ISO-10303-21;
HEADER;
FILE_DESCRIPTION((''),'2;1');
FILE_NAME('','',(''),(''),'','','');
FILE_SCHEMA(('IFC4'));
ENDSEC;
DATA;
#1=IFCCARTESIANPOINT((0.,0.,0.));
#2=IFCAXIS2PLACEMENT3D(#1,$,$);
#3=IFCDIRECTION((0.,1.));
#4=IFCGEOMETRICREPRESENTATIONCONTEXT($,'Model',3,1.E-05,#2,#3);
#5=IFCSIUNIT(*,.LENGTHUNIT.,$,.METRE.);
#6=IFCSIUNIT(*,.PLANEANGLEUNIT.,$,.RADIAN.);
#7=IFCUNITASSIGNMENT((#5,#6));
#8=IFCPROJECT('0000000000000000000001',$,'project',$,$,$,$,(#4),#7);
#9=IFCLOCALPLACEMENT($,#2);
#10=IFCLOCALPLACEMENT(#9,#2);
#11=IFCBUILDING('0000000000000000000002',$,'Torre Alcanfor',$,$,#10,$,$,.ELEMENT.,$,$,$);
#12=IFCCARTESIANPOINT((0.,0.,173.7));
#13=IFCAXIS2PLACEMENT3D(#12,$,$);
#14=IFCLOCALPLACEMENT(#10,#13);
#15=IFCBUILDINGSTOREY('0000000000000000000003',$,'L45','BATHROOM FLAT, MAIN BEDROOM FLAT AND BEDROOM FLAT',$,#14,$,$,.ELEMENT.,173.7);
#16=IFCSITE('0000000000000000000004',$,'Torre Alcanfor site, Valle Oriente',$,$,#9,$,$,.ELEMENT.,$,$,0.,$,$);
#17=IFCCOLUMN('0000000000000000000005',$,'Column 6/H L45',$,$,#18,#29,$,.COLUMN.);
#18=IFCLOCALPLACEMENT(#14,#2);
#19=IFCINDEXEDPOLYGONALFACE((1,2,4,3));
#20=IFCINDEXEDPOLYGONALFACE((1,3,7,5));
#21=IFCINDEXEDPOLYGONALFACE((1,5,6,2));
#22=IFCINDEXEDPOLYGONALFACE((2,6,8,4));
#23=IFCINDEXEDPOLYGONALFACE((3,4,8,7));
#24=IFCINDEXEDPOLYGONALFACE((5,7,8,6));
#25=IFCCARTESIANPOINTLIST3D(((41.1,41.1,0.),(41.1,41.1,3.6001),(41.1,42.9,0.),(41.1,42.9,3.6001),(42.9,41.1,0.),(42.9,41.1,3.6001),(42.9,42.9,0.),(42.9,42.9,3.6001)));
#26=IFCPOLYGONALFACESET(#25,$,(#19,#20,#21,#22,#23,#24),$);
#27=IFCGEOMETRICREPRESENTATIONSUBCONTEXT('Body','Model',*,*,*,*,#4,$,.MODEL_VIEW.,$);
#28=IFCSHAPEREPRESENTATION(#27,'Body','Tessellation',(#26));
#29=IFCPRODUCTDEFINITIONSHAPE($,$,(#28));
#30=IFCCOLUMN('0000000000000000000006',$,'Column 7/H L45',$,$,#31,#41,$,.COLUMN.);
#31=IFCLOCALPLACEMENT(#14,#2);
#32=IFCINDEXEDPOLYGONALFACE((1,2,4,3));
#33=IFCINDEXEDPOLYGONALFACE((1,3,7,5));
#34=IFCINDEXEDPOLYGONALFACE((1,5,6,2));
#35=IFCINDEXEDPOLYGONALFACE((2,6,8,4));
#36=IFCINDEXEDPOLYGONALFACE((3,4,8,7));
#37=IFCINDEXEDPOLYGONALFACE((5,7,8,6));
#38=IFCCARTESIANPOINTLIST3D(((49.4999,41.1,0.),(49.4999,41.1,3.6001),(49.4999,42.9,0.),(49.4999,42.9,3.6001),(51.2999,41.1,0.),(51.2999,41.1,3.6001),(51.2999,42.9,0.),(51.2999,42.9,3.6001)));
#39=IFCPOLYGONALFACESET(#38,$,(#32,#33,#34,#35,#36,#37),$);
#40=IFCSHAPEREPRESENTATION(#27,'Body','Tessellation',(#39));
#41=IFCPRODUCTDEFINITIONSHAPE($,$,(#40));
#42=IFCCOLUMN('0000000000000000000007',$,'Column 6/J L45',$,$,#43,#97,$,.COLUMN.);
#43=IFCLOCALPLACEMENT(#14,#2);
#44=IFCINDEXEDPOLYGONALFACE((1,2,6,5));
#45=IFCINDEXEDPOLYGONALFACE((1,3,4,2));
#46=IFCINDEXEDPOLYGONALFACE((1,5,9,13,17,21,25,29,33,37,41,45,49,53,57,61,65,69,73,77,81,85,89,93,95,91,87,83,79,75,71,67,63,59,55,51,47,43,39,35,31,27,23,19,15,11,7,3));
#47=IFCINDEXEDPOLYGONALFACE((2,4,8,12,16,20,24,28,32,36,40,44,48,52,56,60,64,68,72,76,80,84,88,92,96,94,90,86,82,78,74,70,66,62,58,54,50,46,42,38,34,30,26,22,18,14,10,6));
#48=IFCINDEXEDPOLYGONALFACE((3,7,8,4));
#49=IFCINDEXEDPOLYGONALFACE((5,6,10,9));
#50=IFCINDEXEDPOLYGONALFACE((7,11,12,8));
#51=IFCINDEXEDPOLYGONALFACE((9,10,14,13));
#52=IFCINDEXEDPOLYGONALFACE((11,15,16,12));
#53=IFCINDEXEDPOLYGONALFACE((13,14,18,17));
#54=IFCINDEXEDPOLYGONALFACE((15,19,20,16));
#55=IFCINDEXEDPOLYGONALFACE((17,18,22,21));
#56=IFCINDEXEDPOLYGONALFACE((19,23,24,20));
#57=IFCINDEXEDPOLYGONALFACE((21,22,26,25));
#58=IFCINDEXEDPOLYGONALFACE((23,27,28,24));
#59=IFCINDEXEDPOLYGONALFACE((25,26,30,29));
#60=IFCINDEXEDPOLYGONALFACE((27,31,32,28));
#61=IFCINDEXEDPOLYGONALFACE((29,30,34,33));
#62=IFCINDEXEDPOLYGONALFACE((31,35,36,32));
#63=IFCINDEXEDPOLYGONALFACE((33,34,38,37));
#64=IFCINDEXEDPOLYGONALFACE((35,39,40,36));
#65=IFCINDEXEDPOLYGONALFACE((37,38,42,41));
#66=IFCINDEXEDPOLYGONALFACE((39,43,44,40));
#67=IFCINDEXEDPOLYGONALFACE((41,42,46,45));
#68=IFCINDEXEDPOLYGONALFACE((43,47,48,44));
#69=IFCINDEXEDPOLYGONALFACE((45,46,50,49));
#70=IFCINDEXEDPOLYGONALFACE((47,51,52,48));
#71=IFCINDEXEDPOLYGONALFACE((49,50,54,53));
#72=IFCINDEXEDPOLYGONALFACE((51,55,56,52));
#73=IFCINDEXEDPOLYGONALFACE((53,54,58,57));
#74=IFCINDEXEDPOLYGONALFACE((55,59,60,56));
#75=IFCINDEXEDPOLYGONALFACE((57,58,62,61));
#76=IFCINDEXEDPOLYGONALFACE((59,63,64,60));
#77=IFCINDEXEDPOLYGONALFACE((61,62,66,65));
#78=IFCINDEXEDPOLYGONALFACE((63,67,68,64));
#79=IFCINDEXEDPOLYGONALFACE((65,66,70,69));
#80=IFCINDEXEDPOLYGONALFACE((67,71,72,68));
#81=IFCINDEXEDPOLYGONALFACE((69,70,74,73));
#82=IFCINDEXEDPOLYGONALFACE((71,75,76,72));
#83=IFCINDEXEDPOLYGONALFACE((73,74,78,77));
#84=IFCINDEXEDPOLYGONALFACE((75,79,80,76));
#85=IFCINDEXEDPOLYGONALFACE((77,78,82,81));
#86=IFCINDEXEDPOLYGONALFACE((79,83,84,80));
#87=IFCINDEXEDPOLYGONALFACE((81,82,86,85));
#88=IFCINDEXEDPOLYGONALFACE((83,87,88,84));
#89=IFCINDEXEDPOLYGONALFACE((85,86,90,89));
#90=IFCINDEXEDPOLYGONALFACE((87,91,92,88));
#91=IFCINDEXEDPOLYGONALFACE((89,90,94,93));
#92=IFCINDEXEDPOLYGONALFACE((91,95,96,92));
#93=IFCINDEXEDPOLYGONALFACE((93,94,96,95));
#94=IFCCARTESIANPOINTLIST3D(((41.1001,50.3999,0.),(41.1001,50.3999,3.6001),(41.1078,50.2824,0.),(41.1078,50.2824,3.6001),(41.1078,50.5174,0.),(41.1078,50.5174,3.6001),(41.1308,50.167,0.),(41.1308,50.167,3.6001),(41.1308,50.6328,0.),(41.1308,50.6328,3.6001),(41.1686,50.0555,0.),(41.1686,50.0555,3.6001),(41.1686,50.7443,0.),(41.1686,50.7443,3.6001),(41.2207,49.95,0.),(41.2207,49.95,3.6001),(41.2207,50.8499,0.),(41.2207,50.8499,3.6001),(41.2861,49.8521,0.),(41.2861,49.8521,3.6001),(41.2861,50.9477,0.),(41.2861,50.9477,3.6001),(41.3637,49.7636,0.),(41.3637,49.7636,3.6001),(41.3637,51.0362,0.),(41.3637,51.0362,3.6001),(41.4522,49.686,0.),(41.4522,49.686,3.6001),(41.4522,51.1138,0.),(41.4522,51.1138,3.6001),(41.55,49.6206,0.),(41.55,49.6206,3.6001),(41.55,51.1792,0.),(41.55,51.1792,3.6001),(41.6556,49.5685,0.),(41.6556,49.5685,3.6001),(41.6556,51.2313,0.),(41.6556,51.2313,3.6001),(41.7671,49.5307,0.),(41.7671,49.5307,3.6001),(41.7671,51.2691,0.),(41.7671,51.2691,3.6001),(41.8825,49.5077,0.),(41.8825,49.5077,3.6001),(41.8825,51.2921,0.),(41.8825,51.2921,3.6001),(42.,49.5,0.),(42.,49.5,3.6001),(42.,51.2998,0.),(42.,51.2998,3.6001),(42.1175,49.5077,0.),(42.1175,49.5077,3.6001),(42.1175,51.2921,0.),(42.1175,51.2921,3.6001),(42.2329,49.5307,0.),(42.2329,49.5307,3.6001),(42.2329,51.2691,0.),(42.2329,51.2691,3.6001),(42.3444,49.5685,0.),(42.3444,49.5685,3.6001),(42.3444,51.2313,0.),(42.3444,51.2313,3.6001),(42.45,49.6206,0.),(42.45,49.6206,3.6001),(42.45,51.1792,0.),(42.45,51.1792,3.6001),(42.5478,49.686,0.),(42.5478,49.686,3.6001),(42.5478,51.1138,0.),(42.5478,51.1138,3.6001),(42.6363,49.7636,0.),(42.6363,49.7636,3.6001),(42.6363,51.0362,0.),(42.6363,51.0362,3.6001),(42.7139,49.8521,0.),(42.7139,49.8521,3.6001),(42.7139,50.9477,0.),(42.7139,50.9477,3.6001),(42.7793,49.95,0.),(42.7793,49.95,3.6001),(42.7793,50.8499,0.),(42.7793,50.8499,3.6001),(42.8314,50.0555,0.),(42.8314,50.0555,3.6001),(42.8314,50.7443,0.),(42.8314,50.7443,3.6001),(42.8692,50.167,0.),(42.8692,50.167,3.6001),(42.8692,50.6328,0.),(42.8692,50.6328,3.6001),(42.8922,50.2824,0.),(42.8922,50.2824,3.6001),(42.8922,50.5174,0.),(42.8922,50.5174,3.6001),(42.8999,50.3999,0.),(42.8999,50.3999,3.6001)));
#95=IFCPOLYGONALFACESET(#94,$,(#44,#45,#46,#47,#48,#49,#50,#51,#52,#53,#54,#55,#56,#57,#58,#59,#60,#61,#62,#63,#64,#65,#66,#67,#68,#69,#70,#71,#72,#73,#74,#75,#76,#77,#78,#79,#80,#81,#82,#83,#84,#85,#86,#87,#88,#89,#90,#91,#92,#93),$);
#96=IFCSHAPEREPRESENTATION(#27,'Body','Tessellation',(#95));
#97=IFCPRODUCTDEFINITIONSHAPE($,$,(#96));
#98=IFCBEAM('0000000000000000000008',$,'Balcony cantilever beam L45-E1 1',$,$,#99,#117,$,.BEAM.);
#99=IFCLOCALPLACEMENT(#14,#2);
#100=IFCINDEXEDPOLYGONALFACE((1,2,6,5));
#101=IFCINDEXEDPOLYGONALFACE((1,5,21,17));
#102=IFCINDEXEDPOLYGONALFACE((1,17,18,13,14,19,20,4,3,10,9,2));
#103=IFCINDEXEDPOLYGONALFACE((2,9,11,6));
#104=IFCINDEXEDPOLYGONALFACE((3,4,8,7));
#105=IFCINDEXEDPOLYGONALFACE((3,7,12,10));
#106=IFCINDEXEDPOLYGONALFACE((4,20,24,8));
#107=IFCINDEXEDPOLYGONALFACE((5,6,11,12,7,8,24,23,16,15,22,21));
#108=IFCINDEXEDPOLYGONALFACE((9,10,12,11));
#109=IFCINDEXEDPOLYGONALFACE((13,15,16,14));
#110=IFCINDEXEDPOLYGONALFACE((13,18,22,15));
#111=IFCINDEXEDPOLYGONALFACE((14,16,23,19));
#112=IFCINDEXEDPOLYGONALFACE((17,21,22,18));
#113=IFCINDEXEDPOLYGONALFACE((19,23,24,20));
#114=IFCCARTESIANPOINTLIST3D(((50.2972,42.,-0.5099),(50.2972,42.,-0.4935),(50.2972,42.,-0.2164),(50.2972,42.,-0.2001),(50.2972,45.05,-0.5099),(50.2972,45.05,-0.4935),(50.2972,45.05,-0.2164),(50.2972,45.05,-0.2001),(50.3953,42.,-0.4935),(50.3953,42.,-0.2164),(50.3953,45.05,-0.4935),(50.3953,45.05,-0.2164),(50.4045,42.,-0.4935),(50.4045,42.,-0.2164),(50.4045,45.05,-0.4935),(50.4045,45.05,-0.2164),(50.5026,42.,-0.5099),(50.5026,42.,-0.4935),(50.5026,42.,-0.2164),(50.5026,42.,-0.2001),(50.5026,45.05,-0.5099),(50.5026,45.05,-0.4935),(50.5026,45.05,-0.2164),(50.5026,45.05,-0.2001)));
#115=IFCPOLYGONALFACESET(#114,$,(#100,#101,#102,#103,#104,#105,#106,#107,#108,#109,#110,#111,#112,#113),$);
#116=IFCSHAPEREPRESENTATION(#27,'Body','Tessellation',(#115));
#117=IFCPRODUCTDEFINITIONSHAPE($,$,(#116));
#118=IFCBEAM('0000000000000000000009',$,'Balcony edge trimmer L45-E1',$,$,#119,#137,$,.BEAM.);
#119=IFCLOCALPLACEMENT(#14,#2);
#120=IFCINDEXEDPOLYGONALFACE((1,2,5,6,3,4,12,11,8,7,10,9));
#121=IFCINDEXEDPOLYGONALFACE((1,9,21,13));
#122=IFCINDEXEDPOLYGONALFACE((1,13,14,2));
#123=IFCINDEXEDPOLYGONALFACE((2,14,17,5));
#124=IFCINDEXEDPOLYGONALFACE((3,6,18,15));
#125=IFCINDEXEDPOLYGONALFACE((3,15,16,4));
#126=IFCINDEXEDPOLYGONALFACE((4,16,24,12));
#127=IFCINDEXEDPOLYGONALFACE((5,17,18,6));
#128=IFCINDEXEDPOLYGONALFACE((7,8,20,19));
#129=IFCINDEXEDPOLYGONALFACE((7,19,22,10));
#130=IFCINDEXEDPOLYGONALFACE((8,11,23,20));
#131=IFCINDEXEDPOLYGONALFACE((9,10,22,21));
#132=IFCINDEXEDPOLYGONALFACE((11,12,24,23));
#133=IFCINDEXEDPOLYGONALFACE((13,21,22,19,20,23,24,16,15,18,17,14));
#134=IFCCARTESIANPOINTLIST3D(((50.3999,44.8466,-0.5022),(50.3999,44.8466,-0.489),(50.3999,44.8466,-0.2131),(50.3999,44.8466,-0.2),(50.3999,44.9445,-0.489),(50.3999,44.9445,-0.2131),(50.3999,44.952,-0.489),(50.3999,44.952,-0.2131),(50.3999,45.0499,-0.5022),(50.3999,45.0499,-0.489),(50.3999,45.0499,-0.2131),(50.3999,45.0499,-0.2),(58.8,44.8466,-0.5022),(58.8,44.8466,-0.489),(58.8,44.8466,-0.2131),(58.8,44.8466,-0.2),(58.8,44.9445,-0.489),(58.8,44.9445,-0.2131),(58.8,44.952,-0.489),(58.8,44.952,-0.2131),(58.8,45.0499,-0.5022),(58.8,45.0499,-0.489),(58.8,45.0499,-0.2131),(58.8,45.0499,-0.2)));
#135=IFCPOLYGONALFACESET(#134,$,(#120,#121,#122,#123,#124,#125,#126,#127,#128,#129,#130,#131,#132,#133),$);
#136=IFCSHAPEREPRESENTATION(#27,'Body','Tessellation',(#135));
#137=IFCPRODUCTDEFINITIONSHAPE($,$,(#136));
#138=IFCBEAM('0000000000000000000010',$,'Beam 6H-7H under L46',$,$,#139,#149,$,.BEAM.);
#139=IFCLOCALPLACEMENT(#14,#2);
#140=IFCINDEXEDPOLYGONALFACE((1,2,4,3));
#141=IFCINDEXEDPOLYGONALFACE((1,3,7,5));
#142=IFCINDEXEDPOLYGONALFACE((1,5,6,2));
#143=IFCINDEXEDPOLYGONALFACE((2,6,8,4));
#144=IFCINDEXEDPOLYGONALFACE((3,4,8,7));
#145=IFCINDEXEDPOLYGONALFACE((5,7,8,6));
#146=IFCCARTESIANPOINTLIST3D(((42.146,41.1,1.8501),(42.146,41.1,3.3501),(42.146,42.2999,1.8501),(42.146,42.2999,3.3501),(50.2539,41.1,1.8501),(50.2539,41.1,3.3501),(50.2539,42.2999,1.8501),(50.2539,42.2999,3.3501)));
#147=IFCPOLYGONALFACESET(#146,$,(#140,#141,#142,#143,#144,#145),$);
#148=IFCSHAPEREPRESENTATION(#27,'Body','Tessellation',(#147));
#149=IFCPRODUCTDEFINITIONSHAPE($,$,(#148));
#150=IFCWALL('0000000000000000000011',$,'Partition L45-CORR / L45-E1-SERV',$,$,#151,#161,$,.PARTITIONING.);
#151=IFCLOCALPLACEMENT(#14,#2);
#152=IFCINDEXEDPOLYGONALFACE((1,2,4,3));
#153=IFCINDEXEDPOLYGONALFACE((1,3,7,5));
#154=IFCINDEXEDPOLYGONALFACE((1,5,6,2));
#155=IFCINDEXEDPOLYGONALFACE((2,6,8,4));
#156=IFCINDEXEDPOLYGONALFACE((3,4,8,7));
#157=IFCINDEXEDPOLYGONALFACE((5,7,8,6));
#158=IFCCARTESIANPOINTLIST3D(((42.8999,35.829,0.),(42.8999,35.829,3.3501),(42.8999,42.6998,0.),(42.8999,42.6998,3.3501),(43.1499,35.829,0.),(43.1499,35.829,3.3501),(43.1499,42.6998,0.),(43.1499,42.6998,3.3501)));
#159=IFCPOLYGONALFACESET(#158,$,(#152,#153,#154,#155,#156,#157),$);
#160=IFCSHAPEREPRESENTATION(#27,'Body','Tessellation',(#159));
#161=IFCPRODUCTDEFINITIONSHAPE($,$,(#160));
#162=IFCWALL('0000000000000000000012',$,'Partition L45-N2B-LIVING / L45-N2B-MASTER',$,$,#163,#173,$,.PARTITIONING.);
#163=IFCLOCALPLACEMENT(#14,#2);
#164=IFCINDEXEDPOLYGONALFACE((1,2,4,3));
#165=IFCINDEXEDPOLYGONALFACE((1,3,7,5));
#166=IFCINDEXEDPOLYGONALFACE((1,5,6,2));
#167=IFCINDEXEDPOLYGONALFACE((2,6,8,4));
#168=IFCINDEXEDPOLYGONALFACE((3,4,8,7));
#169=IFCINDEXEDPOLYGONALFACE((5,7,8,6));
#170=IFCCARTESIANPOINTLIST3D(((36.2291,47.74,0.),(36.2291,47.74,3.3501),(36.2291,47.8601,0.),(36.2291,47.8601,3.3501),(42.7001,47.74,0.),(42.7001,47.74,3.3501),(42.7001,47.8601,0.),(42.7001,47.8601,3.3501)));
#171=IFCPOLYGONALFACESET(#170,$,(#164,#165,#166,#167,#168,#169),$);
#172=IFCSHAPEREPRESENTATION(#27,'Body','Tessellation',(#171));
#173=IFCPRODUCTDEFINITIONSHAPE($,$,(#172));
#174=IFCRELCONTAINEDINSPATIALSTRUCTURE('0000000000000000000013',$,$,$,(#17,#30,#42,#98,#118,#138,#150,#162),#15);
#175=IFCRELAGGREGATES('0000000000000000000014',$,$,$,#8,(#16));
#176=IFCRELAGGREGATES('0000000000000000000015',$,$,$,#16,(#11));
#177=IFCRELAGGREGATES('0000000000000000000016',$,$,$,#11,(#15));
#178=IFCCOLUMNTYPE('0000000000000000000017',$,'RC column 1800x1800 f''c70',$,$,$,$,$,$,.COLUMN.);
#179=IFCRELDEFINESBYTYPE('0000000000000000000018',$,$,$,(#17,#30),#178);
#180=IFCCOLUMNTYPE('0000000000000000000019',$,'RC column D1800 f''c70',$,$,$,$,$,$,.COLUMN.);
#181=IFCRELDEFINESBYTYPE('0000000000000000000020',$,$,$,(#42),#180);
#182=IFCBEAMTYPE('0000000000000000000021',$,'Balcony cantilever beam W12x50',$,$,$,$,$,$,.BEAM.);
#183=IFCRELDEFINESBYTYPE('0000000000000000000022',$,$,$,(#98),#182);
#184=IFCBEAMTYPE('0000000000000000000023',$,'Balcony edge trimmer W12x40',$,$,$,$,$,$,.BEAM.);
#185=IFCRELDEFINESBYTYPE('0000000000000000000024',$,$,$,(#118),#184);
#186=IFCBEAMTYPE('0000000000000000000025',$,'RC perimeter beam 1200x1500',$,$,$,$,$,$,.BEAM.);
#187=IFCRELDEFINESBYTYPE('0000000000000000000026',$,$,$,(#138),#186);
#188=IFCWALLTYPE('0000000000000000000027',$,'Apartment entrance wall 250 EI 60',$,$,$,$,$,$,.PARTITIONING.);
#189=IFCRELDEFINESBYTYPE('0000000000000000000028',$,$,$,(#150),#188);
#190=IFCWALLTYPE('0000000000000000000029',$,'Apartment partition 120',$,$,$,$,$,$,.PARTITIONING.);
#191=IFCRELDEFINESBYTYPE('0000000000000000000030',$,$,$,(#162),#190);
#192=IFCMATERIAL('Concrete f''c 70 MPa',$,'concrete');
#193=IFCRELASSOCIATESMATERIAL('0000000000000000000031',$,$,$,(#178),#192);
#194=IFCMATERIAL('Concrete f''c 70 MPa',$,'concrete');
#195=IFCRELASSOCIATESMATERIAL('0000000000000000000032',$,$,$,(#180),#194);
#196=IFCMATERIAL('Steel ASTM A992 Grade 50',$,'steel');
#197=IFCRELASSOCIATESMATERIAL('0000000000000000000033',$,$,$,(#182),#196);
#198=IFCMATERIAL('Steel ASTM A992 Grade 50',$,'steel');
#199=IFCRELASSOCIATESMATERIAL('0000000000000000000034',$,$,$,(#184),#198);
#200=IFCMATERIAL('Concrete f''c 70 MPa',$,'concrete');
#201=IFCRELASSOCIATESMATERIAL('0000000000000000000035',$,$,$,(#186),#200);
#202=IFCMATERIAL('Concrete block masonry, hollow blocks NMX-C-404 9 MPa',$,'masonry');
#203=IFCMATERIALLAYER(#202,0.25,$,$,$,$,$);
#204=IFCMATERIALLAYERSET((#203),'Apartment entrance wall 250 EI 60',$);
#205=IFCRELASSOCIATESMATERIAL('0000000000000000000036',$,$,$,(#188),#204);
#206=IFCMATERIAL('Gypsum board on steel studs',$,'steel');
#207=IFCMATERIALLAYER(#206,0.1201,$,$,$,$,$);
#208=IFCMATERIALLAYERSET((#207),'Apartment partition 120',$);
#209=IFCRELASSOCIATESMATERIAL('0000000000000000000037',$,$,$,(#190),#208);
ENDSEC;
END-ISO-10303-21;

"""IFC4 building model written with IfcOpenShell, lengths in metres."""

from ifc_helpers import new_model, si_unit, direction, frame, frame_2d, origin, origin_2d, place, context, subcontext, project, spatial, rectangle, circle, i_section, extrude, material, layer, layer_set, material_profile, profile_set, type_object, element, save


model = new_model("IFC4")

# Units and contexts
model_context = context("Model", 3, precision=1e-05, world=origin(), true_north=direction((0.0, 1.0)))
body_context = subcontext(model_context, "Body", "Model", "MODEL_VIEW")
ifc_project = project(units=[si_unit("LENGTHUNIT", "METRE"), si_unit("PLANEANGLEUNIT", "RADIAN")], contexts=[model_context])

# Site, building, storey
site_placement = place(None, origin())
site = spatial("IfcSite", under=ifc_project, at=site_placement, Name="Torre Alcanfor site, Valle Oriente", CompositionType="ELEMENT", RefElevation=0.0)
building_placement = place(site_placement, origin())
building = spatial("IfcBuilding", under=site, at=building_placement, Name="Torre Alcanfor", CompositionType="ELEMENT")
storey_placement = place(building_placement, frame((0.0, 0.0, 173.7)))
storey = spatial("IfcBuildingStorey", under=building, at=storey_placement, Name="L45", Description="BATHROOM FLAT, MAIN BEDROOM FLAT AND BEDROOM FLAT", CompositionType="ELEMENT", Elevation=173.7)

# Columns
ifc_material_1 = material(Name="Concrete f'c 70 MPa", Category="concrete")
ifc_material_profile_1 = material_profile(ifc_material_1, rectangle(XDim=1.8, YDim=1.8, at=origin_2d()), Name="1800x1800")
ifc_profile_set_1 = profile_set([ifc_material_profile_1], Name="Concrete f'c 70 MPa")
column_type_1 = type_object("IfcColumnType", Name="RC column 1800x1800 f'c70", PredefinedType="COLUMN", material=ifc_profile_set_1)
for number, where, z_axis, x_axis, name in (
    (1, (42.0, 42.0, 0.0), (0.0, 0.0, 1.0), (1.0, 0.0, 0.0), "Column 6/H L45"),
    (2, (50.3999, 42.0, 0.0), (0.0, 0.0, 1.0), (1.0, 0.0, 0.0), "Column 7/H L45"),
):
    element("IfcColumn", number, at=place(storey_placement, frame(where, z_axis=z_axis, x_axis=x_axis)), inside=storey, type_object=column_type_1, Name=name, PredefinedType="COLUMN", context=body_context, shape_type="SweptSolid", body=[
        extrude(rectangle(XDim=1.8, YDim=1.8, at=origin_2d()), origin(), (0.0, 0.0, 1.0), 3.6001),
    ])
ifc_material_2 = material(Name="Concrete f'c 70 MPa", Category="concrete")
ifc_material_profile_2 = material_profile(ifc_material_2, circle(Radius=0.8999, at=origin_2d()), Name="D1800")
ifc_profile_set_2 = profile_set([ifc_material_profile_2], Name="Concrete f'c 70 MPa")
column_type_2 = type_object("IfcColumnType", Name="RC column D1800 f'c70", PredefinedType="COLUMN", material=ifc_profile_set_2)
column_placement = place(storey_placement, frame((42.0, 50.3999, 0.0), z_axis=(0.0, 0.0, 1.0), x_axis=(1.0, 0.0, 0.0)))
element("IfcColumn", 3, at=column_placement, inside=storey, type_object=column_type_2, Name="Column 6/J L45", PredefinedType="COLUMN", context=body_context, shape_type="SweptSolid", body=[
    extrude(circle(Radius=0.8999, at=origin_2d()), origin(), (0.0, 0.0, 1.0), 3.6001),
])

# Beams
ifc_material_3 = material(Name="Steel ASTM A992 Grade 50", Category="steel")
ifc_material_profile_3 = material_profile(ifc_material_3, i_section(OverallWidth=0.2053, OverallDepth=0.3098, WebThickness=0.0093, FlangeThickness=0.0164, at=origin_2d()), Name="W12x50")
ifc_profile_set_3 = profile_set([ifc_material_profile_3], Name="Steel ASTM A992 Grade 50")
beam_type_1 = type_object("IfcBeamType", Name="Balcony cantilever beam W12x50", PredefinedType="BEAM", material=ifc_profile_set_3)
beam_1_placement = place(storey_placement, frame((50.3999, 42.0, -0.355), z_axis=(0.0, 1.0, 0.0), x_axis=(-1.0, 0.0, 0.0)))
element("IfcBeam", 4, at=beam_1_placement, inside=storey, type_object=beam_type_1, Name="Balcony cantilever beam L45-E1 1", PredefinedType="BEAM", context=body_context, shape_type="SweptSolid", body=[
    extrude(i_section(OverallWidth=0.2053, OverallDepth=0.3098, WebThickness=0.0093, FlangeThickness=0.0164, at=origin_2d()), origin(), (0.0, 0.0, 1.0), 3.05),
])
ifc_material_4 = material(Name="Steel ASTM A992 Grade 50", Category="steel")
ifc_material_profile_4 = material_profile(ifc_material_4, i_section(OverallWidth=0.2034, OverallDepth=0.3022, WebThickness=0.0076, FlangeThickness=0.0132, at=origin_2d()), Name="W12x40")
ifc_profile_set_4 = profile_set([ifc_material_profile_4], Name="Steel ASTM A992 Grade 50")
beam_type_2 = type_object("IfcBeamType", Name="Balcony edge trimmer W12x40", PredefinedType="BEAM", material=ifc_profile_set_4)
beam_2_placement = place(storey_placement, frame((50.3999, 44.9482, -0.3511), z_axis=(1.0, 0.0, 0.0), x_axis=(0.0, 1.0, 0.0)))
element("IfcBeam", 5, at=beam_2_placement, inside=storey, type_object=beam_type_2, Name="Balcony edge trimmer L45-E1", PredefinedType="BEAM", context=body_context, shape_type="SweptSolid", body=[
    extrude(i_section(OverallWidth=0.2034, OverallDepth=0.3022, WebThickness=0.0076, FlangeThickness=0.0132, at=origin_2d()), origin(), (0.0, 0.0, 1.0), 8.4001),
])
ifc_material_5 = material(Name="Concrete f'c 70 MPa", Category="concrete")
ifc_material_profile_5 = material_profile(ifc_material_5, rectangle(XDim=1.2, YDim=1.5, at=origin_2d()), Name="1200x1500")
ifc_profile_set_5 = profile_set([ifc_material_profile_5], Name="Concrete f'c 70 MPa")
beam_type_3 = type_object("IfcBeamType", Name="RC perimeter beam 1200x1500", PredefinedType="BEAM", material=ifc_profile_set_5)
beam_3_placement = place(storey_placement, frame((42.146, 41.7, 2.6001), z_axis=(1.0, 0.0, 0.0), x_axis=(0.0, 1.0, 0.0)))
element("IfcBeam", 6, at=beam_3_placement, inside=storey, type_object=beam_type_3, Name="Beam 6H-7H under L46", PredefinedType="BEAM", context=body_context, shape_type="SweptSolid", body=[
    extrude(rectangle(XDim=1.2, YDim=1.5, at=origin_2d()), origin(), (0.0, 0.0, 1.0), 8.1079),
])

# Walls
ifc_material_6 = material(Name="Concrete block masonry, hollow blocks NMX-C-404 9 MPa", Category="masonry")
ifc_layer_1 = layer(ifc_material_6, 0.25)
ifc_layer_set_1 = layer_set([ifc_layer_1], Name="Apartment entrance wall 250 EI 60")
wall_type_1 = type_object("IfcWallType", Name="Apartment entrance wall 250 EI 60", PredefinedType="PARTITIONING", material=ifc_layer_set_1)
wall_1_placement = place(storey_placement, frame((43.0249, 42.7, 0.0), z_axis=(0.0, 0.0, 1.0), x_axis=(0.0, -1.0, 0.0)))
element("IfcWall", 7, at=wall_1_placement, inside=storey, type_object=wall_type_1, Name="Partition L45-CORR / L45-E1-SERV", PredefinedType="PARTITIONING", context=body_context, shape_type="SweptSolid", body=[
    extrude(rectangle(XDim=6.8708, YDim=0.25, at=frame_2d((3.4355, 0.0))), origin(), (0.0, 0.0, 1.0), 3.3501),
])
ifc_material_7 = material(Name="Gypsum board on steel studs", Category="steel")
ifc_layer_2 = layer(ifc_material_7, 0.1201)
ifc_layer_set_2 = layer_set([ifc_layer_2], Name="Apartment partition 120")
wall_type_2 = type_object("IfcWallType", Name="Apartment partition 120", PredefinedType="PARTITIONING", material=ifc_layer_set_2)
wall_2_placement = place(storey_placement, frame((42.7, 47.8, 0.0), z_axis=(0.0, 0.0, 1.0), x_axis=(-1.0, 0.0, 0.0)))
element("IfcWall", 8, at=wall_2_placement, inside=storey, type_object=wall_type_2, Name="Partition L45-N2B-LIVING / L45-N2B-MASTER", PredefinedType="PARTITIONING", context=body_context, shape_type="SweptSolid", body=[
    extrude(rectangle(XDim=6.4709, YDim=0.1201, at=frame_2d((3.2354, 0.0))), origin(), (0.0, 0.0, 1.0), 3.3501),
])

save(model, "model.ifc")
